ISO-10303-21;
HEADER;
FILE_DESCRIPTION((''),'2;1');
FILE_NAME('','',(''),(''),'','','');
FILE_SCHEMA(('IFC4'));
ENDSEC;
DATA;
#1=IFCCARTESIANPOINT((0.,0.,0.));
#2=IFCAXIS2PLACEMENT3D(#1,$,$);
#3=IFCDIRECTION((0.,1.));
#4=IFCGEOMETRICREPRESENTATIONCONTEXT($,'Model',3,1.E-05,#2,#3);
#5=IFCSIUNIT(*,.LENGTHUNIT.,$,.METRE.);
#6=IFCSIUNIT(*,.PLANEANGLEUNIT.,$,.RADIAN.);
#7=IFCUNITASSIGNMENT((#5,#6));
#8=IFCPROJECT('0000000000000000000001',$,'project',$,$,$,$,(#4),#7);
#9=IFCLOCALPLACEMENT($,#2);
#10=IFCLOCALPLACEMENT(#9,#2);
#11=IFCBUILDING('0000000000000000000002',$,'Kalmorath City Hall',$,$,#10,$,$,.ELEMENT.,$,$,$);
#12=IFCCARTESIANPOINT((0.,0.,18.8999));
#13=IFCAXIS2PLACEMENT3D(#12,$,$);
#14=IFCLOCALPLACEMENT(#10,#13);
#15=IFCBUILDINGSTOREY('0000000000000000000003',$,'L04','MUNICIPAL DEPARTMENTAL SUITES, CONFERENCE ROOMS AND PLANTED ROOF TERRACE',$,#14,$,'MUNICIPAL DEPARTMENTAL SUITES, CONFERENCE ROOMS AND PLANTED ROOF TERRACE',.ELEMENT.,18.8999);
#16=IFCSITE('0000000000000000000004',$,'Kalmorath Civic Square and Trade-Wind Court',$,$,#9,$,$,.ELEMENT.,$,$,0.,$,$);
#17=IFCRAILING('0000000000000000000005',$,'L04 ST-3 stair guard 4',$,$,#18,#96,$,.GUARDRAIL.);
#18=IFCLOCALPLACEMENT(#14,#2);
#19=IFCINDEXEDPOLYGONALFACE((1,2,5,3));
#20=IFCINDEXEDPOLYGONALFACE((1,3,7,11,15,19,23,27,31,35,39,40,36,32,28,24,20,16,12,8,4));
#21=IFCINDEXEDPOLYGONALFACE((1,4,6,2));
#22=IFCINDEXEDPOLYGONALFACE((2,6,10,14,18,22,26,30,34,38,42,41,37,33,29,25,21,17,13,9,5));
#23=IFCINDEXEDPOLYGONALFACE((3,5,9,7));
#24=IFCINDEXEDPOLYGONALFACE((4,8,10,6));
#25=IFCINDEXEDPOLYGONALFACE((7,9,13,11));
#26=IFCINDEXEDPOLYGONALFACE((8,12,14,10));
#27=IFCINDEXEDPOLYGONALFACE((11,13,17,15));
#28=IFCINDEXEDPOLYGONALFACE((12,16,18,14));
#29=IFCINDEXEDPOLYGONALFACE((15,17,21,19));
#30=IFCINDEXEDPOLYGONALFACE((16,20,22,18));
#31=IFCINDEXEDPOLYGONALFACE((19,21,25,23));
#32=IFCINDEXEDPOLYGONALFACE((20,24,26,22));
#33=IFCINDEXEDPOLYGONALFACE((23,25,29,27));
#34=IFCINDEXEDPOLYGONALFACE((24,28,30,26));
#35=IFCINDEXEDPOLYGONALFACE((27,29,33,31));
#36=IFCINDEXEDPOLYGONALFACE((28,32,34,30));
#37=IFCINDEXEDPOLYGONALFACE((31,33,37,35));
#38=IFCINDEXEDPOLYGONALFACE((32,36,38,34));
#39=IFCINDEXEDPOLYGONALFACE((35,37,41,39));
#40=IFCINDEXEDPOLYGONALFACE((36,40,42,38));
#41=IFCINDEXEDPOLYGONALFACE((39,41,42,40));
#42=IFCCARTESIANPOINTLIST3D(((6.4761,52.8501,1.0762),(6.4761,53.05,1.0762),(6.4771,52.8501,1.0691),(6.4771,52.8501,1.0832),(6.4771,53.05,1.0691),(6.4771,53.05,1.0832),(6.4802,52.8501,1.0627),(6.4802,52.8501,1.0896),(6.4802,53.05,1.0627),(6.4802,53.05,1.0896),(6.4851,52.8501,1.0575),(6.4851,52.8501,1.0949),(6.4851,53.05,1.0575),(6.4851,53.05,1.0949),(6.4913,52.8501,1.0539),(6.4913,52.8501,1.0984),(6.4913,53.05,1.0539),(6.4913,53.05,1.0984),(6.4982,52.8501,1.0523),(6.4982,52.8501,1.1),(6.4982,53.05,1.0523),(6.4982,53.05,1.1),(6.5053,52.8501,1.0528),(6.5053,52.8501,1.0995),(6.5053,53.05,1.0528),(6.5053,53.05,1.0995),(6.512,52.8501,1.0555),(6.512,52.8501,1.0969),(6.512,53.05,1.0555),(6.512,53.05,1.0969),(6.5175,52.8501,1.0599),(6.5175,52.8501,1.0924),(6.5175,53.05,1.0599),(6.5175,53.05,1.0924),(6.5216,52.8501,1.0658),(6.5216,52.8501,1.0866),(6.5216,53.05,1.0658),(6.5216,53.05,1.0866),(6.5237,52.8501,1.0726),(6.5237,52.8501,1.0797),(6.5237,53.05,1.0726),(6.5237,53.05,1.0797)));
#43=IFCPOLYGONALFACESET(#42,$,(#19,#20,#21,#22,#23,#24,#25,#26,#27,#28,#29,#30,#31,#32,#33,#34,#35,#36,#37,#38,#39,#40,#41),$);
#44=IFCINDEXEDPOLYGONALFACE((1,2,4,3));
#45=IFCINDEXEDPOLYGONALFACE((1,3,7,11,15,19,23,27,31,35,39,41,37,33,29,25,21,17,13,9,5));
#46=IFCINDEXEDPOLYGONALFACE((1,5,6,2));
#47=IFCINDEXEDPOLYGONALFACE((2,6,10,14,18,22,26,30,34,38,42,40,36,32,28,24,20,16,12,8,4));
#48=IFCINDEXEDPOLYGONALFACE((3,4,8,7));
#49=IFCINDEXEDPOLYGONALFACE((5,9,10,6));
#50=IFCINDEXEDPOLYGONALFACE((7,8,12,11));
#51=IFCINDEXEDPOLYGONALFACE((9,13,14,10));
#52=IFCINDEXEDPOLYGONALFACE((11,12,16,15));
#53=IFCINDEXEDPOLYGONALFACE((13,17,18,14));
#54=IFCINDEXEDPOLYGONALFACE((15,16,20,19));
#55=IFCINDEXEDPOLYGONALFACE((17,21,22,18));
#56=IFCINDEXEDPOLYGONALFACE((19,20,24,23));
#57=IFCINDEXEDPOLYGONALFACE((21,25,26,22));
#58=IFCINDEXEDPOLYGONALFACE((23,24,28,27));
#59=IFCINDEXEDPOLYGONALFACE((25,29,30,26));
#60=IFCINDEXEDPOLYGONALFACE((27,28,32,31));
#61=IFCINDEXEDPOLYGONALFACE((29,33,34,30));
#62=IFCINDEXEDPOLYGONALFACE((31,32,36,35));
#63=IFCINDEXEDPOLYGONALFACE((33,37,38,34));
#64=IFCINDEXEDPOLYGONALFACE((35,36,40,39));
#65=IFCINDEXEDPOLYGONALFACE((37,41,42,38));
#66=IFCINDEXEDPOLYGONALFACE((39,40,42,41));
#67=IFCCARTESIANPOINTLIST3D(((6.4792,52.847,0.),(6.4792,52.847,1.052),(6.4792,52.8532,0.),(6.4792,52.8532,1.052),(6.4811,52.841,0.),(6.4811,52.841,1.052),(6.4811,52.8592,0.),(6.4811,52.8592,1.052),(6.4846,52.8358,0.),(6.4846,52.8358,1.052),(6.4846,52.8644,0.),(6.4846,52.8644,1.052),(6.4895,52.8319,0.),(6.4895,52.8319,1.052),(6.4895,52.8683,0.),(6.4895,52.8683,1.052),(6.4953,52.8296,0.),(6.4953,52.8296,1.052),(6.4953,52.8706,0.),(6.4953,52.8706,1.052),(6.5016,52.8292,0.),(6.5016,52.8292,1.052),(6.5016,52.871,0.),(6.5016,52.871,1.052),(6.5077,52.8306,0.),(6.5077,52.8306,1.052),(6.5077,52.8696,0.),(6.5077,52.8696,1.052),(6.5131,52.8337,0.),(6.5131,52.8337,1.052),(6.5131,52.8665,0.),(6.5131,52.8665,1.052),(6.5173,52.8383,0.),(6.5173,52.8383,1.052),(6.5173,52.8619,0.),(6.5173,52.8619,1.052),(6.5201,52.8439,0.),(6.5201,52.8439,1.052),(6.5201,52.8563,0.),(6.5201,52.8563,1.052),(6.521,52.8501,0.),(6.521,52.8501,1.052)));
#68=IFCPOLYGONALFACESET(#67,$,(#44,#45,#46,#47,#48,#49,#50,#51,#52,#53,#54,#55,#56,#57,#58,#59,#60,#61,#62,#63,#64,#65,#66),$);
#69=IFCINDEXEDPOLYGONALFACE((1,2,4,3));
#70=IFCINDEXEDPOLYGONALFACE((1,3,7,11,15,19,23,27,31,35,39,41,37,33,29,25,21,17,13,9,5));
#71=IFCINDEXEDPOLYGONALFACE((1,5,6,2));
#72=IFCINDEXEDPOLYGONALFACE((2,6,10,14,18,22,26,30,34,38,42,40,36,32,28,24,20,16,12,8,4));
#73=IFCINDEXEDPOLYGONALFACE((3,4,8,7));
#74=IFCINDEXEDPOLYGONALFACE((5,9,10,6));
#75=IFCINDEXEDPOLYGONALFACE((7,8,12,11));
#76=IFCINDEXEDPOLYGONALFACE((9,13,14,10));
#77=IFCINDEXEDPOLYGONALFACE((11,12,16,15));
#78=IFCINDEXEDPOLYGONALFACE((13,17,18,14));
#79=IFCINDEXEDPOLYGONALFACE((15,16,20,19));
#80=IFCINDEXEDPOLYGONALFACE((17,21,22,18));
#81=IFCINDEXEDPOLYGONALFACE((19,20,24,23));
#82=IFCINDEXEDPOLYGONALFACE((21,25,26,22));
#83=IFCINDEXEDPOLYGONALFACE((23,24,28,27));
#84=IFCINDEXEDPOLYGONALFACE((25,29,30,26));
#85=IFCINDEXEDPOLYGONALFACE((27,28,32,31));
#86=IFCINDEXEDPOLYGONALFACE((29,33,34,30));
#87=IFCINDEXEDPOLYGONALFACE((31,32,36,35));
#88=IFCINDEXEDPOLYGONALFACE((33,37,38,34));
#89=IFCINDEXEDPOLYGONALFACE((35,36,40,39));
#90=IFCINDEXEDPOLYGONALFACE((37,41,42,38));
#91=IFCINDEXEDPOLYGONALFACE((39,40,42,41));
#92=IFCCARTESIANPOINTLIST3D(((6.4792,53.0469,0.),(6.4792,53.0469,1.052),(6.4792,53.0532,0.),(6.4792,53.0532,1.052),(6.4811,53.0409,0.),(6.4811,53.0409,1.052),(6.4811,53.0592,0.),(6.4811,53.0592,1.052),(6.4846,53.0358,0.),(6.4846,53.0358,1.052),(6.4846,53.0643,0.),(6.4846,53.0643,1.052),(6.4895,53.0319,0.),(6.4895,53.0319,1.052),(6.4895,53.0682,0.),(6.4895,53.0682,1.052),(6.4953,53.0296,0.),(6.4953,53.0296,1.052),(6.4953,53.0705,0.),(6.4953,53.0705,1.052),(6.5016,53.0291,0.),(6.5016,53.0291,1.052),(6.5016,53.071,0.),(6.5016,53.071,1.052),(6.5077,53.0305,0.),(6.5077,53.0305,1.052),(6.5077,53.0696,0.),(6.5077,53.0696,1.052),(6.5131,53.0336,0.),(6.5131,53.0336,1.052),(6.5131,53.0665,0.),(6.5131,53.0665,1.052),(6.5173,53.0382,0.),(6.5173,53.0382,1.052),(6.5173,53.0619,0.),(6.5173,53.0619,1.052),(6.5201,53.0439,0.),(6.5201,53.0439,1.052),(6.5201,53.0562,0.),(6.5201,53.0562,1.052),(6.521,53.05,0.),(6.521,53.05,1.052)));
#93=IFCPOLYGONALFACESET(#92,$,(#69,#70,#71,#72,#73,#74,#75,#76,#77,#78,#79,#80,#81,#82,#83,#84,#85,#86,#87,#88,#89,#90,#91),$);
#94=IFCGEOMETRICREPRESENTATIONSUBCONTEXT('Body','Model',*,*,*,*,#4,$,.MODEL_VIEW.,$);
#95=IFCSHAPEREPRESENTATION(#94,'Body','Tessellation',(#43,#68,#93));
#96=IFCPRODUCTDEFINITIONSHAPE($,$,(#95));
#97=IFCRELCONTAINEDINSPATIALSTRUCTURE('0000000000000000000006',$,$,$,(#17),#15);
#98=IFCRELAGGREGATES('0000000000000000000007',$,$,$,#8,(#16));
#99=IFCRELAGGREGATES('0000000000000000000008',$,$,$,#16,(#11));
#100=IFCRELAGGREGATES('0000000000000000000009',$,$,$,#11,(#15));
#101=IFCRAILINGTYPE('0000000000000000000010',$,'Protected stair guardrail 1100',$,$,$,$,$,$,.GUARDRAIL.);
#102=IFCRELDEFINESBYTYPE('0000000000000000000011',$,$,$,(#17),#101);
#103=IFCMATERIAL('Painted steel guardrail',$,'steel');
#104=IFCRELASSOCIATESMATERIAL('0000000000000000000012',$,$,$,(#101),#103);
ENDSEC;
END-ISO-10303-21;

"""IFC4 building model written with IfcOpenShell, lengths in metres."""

from ifc_helpers import new_model, si_unit, direction, frame, origin, origin_2d, place, context, subcontext, project, spatial, circle, extrude, material, type_object, element, save


model = new_model("IFC4")

# Units and contexts
model_context = context("Model", 3, precision=1e-05, world=origin(), true_north=direction((0.0, 1.0)))
body_context = subcontext(model_context, "Body", "Model", "MODEL_VIEW")
ifc_project = project(units=[si_unit("LENGTHUNIT", "METRE"), si_unit("PLANEANGLEUNIT", "RADIAN")], contexts=[model_context])

# Site, building, storey
site_placement = place(None, origin())
site = spatial("IfcSite", under=ifc_project, at=site_placement, Name="Kalmorath Civic Square and Trade-Wind Court", CompositionType="ELEMENT", RefElevation=0.0)
building_placement = place(site_placement, origin())
building = spatial("IfcBuilding", under=site, at=building_placement, Name="Kalmorath City Hall", CompositionType="ELEMENT")
storey_placement = place(building_placement, frame((0.0, 0.0, 18.8999)))
storey = spatial("IfcBuildingStorey", under=building, at=storey_placement, Name="L04", Description="MUNICIPAL DEPARTMENTAL SUITES, CONFERENCE ROOMS AND PLANTED ROOF TERRACE", LongName="MUNICIPAL DEPARTMENTAL SUITES, CONFERENCE ROOMS AND PLANTED ROOF TERRACE", CompositionType="ELEMENT", Elevation=18.8999)

# Railing
ifc_material_1 = material(Name="Painted steel guardrail", Category="steel")
railing_type_1 = type_object("IfcRailingType", Name="Protected stair guardrail 1100", PredefinedType="GUARDRAIL", material=ifc_material_1)
railing_1_placement = place(storey_placement, frame((6.5, 52.8501, 0.0)))
element("IfcRailing", 1, at=railing_1_placement, inside=storey, type_object=railing_type_1, Name="L04 ST-3 stair guard 4", PredefinedType="GUARDRAIL", context=body_context, shape_type="SweptSolid", body=[
    extrude(circle(Radius=0.0239, at=origin_2d()), frame((0.0, 0.0, 1.0762), z_axis=(0.0, 1.0, 0.0), x_axis=(-1.0, 0.0, 0.0)), (0.0, 0.0, 1.0), 0.2),
    extrude(circle(Radius=0.021, at=origin_2d()), origin(), (0.0, 0.0, 1.0), 1.052),
    extrude(circle(Radius=0.021, at=origin_2d()), frame((0.0, 0.2, 0.0)), (0.0, 0.0, 1.0), 1.052),
])

save(model, "model.ifc")
